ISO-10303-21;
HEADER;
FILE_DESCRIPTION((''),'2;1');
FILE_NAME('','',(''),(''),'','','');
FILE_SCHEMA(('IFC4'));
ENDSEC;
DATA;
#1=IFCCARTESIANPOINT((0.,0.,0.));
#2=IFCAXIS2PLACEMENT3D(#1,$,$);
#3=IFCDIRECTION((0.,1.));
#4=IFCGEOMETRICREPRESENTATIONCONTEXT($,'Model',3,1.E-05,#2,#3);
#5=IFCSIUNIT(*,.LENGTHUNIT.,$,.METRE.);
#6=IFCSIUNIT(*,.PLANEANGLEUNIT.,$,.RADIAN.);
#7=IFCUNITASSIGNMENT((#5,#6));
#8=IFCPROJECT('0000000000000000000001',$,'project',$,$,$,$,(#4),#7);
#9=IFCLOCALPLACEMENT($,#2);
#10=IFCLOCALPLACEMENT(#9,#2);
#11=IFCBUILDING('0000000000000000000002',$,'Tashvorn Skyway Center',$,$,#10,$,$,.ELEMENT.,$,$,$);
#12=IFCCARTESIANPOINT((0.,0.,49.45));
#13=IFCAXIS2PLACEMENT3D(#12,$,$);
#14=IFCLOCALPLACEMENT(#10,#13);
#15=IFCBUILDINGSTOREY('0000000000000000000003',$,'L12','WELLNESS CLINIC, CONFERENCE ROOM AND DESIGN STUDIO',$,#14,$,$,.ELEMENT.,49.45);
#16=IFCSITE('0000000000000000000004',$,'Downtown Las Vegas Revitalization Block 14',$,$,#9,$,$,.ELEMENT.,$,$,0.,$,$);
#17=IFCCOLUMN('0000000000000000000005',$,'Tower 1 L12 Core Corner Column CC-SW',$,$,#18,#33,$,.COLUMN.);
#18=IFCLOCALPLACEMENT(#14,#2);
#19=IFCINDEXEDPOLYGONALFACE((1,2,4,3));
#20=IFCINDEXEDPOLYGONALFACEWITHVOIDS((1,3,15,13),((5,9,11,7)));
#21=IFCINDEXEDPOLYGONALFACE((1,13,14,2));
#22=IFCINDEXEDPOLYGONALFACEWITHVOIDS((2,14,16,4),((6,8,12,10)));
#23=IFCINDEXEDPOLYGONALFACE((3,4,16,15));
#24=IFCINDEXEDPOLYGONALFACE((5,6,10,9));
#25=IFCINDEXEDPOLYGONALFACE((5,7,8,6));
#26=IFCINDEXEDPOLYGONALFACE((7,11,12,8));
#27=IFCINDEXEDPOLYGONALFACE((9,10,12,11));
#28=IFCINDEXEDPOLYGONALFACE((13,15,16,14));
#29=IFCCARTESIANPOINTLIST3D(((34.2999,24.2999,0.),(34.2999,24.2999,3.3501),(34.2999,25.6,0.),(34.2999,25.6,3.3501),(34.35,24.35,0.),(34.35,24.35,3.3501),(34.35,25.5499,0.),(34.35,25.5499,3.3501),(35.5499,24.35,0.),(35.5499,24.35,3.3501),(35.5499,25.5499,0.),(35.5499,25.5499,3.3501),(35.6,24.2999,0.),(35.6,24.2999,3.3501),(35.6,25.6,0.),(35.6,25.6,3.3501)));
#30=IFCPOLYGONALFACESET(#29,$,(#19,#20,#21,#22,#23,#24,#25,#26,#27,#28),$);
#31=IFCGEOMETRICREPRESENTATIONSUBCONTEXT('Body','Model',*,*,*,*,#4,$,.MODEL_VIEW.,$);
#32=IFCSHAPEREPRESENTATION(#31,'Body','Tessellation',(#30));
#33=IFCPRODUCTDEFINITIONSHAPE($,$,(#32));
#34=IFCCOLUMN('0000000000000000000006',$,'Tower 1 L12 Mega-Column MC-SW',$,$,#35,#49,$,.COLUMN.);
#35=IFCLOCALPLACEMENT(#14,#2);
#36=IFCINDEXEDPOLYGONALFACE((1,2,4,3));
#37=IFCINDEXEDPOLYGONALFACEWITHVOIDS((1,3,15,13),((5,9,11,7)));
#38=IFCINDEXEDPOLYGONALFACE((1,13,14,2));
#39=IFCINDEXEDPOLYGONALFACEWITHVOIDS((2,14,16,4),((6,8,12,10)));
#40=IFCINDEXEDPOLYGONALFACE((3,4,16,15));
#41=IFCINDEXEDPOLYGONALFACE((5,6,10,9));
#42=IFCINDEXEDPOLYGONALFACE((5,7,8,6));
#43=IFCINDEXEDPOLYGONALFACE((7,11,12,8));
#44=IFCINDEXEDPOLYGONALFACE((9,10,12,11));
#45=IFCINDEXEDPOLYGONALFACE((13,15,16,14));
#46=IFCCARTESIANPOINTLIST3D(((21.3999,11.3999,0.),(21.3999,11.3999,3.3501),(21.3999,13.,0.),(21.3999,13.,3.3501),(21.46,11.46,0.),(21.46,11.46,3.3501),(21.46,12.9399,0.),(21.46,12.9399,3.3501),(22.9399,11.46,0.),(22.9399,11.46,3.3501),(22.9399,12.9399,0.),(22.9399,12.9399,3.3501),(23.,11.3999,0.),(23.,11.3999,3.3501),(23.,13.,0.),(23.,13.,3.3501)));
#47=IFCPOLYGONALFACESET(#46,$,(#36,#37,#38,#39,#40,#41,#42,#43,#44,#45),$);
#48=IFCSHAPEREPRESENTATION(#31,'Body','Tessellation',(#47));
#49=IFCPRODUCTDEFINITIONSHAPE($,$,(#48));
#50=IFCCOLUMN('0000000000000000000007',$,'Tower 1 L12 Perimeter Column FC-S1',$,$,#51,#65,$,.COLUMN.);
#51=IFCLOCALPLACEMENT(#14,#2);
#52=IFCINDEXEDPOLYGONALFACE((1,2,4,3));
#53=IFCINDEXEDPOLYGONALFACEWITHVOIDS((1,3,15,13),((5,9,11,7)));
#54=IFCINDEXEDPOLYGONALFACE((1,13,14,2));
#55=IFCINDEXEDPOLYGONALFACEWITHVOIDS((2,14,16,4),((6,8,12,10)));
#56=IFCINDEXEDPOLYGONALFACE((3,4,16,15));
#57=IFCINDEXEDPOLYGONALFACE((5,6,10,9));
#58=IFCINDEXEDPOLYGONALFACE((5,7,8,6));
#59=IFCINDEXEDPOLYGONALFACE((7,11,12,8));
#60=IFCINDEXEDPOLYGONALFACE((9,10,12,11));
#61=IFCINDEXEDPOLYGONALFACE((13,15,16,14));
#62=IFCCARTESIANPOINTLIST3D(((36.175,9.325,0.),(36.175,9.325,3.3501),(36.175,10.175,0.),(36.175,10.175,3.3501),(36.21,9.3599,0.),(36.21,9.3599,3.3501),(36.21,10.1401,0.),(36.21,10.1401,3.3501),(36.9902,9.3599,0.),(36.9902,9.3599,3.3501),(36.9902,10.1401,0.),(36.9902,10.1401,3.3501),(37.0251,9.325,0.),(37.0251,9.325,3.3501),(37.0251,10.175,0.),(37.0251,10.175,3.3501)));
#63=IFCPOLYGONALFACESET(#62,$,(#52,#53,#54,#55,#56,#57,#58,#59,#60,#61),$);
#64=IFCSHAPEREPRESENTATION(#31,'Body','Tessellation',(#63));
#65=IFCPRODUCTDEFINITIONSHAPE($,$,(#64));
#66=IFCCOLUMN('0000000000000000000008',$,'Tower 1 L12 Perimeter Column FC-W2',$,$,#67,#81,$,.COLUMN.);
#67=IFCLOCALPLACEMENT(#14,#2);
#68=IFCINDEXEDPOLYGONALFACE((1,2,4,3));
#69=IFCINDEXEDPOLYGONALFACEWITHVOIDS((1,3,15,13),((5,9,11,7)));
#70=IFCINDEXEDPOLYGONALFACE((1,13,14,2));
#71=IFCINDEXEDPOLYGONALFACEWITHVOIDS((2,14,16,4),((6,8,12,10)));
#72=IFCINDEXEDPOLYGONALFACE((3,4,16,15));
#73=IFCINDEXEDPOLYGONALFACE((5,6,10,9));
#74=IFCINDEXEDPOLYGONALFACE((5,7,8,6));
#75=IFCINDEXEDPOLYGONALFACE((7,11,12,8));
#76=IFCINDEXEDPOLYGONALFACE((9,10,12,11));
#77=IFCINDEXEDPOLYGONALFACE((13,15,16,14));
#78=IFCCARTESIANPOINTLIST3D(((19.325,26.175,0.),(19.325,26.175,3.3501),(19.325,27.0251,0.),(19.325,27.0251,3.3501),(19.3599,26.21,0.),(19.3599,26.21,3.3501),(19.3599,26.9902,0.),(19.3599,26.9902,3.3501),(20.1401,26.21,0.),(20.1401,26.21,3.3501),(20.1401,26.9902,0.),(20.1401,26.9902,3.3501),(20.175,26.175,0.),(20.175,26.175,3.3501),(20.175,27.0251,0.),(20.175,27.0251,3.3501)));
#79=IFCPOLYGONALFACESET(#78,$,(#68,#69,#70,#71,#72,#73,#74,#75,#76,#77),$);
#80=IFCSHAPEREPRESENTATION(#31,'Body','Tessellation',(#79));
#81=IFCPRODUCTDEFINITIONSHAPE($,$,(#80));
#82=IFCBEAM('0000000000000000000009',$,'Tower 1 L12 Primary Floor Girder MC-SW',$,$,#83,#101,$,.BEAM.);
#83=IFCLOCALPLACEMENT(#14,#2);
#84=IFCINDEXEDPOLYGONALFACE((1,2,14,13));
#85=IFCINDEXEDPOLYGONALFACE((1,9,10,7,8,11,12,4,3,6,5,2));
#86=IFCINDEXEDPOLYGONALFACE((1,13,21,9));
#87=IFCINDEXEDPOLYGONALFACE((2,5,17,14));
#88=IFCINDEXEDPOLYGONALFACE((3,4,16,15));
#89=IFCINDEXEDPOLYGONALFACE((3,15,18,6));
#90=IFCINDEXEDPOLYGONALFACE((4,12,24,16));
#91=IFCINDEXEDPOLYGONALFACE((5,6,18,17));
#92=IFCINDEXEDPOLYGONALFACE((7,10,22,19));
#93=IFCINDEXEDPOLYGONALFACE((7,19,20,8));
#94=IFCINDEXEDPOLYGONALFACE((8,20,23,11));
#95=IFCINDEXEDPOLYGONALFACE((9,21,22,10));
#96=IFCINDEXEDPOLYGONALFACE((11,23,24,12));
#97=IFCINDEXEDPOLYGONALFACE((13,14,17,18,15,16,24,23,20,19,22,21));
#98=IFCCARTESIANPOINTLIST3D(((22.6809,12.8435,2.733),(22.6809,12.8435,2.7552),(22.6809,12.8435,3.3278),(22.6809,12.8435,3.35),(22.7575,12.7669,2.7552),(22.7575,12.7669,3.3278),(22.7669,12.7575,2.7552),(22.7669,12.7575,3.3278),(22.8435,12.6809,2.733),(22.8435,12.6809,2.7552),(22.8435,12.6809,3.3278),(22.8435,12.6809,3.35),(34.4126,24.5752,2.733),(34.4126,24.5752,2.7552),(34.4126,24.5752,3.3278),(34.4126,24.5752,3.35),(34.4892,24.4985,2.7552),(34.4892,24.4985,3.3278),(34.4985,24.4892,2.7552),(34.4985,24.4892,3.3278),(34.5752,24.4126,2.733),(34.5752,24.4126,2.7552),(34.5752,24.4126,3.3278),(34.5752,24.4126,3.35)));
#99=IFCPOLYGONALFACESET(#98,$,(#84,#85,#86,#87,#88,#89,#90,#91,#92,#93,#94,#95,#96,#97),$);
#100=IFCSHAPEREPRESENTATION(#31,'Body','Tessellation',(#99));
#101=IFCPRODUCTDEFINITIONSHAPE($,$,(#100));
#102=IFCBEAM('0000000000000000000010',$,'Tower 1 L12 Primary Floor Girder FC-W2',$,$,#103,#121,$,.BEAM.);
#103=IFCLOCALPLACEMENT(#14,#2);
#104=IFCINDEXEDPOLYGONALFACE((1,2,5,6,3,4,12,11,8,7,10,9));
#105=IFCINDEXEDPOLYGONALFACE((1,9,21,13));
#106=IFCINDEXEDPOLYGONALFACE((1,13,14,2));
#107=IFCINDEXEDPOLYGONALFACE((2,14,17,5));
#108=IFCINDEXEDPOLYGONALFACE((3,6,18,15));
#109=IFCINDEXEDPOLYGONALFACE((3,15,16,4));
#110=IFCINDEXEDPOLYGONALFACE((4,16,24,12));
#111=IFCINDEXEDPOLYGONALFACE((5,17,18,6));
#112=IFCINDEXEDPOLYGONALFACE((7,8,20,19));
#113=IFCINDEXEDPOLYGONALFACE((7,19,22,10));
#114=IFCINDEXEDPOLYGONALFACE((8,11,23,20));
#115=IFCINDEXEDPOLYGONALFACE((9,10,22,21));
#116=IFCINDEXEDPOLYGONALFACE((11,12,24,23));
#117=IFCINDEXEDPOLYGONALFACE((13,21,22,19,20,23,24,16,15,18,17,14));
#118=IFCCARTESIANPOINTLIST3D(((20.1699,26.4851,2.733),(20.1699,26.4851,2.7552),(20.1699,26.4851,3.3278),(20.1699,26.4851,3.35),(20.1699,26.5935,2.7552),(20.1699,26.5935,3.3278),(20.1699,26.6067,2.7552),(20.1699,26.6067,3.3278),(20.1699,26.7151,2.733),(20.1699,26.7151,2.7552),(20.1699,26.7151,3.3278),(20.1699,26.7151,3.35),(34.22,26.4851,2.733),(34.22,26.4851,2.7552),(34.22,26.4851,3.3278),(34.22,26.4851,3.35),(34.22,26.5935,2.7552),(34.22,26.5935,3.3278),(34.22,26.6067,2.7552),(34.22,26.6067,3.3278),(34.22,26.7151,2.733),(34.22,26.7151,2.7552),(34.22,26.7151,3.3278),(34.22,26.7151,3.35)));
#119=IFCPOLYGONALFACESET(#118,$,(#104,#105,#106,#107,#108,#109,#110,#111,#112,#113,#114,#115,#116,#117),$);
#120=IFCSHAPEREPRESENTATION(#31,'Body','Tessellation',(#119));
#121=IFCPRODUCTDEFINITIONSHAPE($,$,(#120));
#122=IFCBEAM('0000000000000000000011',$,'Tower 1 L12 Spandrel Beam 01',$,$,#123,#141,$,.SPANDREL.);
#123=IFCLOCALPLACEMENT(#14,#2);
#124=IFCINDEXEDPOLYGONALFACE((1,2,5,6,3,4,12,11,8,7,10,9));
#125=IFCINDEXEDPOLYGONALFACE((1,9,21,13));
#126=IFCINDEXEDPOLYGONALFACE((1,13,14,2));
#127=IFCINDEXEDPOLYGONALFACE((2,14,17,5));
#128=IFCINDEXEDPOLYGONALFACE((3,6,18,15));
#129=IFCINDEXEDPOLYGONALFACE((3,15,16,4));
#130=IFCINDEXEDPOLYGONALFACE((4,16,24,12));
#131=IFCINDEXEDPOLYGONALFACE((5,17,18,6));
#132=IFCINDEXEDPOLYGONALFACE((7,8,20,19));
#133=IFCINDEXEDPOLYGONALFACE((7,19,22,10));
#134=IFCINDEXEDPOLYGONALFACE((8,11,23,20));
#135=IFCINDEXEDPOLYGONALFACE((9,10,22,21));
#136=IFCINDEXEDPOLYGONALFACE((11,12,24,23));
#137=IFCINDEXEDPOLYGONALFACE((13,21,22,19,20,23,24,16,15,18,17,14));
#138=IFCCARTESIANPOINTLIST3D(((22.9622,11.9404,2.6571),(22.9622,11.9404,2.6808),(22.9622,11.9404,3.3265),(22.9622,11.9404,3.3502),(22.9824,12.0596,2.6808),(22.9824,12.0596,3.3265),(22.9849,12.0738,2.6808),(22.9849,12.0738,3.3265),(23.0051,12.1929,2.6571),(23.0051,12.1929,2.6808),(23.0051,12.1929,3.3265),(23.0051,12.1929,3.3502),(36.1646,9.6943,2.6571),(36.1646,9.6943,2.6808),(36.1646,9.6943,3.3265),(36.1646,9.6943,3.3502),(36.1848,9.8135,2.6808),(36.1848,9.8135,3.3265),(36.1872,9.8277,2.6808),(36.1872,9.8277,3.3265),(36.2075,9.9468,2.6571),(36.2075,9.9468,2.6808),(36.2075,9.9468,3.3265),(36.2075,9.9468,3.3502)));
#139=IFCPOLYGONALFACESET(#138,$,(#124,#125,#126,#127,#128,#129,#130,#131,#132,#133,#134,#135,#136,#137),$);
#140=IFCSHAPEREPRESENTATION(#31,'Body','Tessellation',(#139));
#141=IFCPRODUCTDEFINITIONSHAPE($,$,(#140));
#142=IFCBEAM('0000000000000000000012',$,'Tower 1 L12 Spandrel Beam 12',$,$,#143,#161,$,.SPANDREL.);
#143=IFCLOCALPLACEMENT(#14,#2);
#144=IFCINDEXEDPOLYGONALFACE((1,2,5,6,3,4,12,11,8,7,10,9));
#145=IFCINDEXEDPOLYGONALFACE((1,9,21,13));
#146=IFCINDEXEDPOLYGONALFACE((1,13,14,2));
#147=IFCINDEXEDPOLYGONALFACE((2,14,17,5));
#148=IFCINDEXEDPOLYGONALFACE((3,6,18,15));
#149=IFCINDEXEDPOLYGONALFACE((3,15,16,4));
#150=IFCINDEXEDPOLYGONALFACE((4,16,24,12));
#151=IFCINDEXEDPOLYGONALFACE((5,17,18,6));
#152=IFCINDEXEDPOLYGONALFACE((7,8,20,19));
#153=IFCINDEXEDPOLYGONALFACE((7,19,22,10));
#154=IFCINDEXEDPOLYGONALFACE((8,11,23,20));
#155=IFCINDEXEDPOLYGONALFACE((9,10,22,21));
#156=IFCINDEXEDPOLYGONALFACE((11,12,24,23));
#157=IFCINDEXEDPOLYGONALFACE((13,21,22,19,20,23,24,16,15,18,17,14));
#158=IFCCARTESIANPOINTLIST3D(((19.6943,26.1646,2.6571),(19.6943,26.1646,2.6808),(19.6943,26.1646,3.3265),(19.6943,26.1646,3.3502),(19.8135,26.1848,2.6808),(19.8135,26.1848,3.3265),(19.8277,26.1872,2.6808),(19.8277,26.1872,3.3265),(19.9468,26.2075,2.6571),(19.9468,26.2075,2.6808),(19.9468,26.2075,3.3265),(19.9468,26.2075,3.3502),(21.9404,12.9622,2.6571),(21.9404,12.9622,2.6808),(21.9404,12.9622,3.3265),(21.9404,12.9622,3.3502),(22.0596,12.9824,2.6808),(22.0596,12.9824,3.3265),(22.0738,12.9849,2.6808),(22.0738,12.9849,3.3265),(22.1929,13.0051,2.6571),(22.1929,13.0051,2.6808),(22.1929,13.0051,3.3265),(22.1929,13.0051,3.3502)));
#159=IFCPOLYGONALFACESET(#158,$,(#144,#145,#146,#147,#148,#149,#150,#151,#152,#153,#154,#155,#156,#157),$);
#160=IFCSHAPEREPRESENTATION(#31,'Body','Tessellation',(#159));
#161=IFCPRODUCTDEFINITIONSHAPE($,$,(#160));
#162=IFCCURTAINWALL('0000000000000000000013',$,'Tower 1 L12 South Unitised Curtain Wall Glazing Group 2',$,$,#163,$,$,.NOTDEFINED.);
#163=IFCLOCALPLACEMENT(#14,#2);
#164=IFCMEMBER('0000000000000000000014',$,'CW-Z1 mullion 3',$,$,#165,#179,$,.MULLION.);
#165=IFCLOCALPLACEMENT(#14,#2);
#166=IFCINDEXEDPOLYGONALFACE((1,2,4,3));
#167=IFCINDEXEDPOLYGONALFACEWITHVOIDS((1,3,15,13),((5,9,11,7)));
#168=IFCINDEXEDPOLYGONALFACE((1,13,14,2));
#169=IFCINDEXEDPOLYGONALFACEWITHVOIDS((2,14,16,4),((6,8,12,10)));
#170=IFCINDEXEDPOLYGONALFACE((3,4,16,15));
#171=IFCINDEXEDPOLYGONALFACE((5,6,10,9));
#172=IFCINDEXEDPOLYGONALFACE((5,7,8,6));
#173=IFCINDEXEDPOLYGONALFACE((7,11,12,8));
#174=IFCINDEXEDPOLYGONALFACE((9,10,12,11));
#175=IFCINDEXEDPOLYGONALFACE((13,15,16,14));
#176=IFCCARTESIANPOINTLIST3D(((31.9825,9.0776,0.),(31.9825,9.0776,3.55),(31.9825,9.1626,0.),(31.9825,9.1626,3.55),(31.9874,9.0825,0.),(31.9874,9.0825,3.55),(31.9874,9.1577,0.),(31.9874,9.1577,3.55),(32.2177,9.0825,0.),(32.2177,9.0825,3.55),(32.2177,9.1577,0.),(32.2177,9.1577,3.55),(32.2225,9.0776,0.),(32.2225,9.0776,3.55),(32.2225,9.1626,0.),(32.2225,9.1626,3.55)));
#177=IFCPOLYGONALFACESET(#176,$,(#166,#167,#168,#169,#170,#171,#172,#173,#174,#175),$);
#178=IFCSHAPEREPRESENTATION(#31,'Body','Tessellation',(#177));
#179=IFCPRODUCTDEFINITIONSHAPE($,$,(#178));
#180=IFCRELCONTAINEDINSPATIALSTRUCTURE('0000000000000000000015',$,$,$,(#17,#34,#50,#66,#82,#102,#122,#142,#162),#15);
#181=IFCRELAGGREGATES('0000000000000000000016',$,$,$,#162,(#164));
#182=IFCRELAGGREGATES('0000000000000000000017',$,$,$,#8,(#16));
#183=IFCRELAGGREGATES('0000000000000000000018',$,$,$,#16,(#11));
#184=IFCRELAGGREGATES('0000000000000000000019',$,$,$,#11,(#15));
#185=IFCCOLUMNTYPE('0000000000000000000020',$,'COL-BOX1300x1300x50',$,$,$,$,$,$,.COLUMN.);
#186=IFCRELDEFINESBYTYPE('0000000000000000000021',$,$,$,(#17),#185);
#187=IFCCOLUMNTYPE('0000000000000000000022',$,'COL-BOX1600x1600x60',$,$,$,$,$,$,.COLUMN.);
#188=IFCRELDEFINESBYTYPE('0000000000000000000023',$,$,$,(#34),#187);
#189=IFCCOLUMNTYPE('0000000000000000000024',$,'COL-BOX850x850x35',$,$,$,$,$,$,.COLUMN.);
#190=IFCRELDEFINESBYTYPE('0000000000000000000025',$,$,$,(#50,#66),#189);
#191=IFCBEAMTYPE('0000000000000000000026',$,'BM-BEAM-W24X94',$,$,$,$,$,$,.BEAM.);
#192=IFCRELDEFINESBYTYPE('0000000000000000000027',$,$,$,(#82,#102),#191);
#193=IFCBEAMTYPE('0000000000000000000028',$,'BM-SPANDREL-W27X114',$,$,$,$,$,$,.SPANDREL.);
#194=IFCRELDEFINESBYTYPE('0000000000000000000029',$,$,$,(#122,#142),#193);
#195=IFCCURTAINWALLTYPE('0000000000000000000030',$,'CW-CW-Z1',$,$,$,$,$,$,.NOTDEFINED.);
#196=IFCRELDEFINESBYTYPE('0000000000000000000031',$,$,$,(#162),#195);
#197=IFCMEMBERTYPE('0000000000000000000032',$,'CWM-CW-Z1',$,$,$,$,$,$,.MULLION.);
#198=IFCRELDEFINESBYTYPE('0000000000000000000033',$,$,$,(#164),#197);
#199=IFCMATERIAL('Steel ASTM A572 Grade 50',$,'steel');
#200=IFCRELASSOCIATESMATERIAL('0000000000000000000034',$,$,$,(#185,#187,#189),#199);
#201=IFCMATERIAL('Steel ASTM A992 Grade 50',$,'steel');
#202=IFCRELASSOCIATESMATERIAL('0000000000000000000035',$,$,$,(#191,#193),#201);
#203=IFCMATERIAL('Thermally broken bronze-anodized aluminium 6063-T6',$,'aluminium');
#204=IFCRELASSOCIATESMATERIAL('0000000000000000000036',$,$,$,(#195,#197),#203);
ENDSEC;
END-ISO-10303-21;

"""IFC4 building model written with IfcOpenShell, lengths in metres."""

from ifc_helpers import new_model, si_unit, direction, frame, origin, origin_2d, place, context, subcontext, project, spatial, hollow_rectangle, i_section, extrude, material, material_profile, profile_set, type_object, element, aggregate, save


model = new_model("IFC4")

# Units and contexts
model_context = context("Model", 3, precision=1e-05, world=origin(), true_north=direction((0.0, 1.0)))
body_context = subcontext(model_context, "Body", "Model", "MODEL_VIEW")
ifc_project = project(units=[si_unit("LENGTHUNIT", "METRE"), si_unit("PLANEANGLEUNIT", "RADIAN")], contexts=[model_context])

# Site, building, storey
site_placement = place(None, origin())
site = spatial("IfcSite", under=ifc_project, at=site_placement, Name="Downtown Las Vegas Revitalization Block 14", CompositionType="ELEMENT", RefElevation=0.0)
building_placement = place(site_placement, origin())
building = spatial("IfcBuilding", under=site, at=building_placement, Name="Tashvorn Skyway Center", CompositionType="ELEMENT")
storey_placement = place(building_placement, frame((0.0, 0.0, 49.45)))
storey = spatial("IfcBuildingStorey", under=building, at=storey_placement, Name="L12", Description="WELLNESS CLINIC, CONFERENCE ROOM AND DESIGN STUDIO", CompositionType="ELEMENT", Elevation=49.45)

# Columns
ifc_material_1 = material(Name="Steel ASTM A572 Grade 50", Category="steel")
ifc_material_profile_1 = material_profile(ifc_material_1, hollow_rectangle(XDim=1.3, YDim=1.3, WallThickness=0.05, at=origin_2d()), Name="BOX1300x1300x50")
ifc_profile_set_1 = profile_set([ifc_material_profile_1], Name="Steel ASTM A572 Grade 50")
column_type_1 = type_object("IfcColumnType", Name="COL-BOX1300x1300x50", PredefinedType="COLUMN", material=ifc_profile_set_1)
column_1_placement = place(storey_placement, frame((34.95, 24.95, 0.0), z_axis=(0.0, 0.0, 1.0), x_axis=(1.0, 0.0, 0.0)))
element("IfcColumn", 1, at=column_1_placement, inside=storey, type_object=column_type_1, Name="Tower 1 L12 Core Corner Column CC-SW", PredefinedType="COLUMN", context=body_context, shape_type="SweptSolid", body=[
    extrude(hollow_rectangle(XDim=1.3, YDim=1.3, WallThickness=0.05, at=origin_2d()), origin(), (0.0, 0.0, 1.0), 3.3501),
])
ifc_material_profile_2 = material_profile(ifc_material_1, hollow_rectangle(XDim=1.6001, YDim=1.6001, WallThickness=0.0601, at=origin_2d()), Name="BOX1600x1600x60")
ifc_profile_set_2 = profile_set([ifc_material_profile_2], Name="Steel ASTM A572 Grade 50")
column_type_2 = type_object("IfcColumnType", Name="COL-BOX1600x1600x60", PredefinedType="COLUMN", material=ifc_profile_set_2)
column_2_placement = place(storey_placement, frame((22.2, 12.2, 0.0), z_axis=(0.0, 0.0, 1.0), x_axis=(1.0, 0.0, 0.0)))
element("IfcColumn", 2, at=column_2_placement, inside=storey, type_object=column_type_2, Name="Tower 1 L12 Mega-Column MC-SW", PredefinedType="COLUMN", context=body_context, shape_type="SweptSolid", body=[
    extrude(hollow_rectangle(XDim=1.6001, YDim=1.6001, WallThickness=0.0601, at=origin_2d()), origin(), (0.0, 0.0, 1.0), 3.3501),
])
ifc_material_profile_3 = material_profile(ifc_material_1, hollow_rectangle(XDim=0.8501, YDim=0.8501, WallThickness=0.0349, at=origin_2d()), Name="BOX850x850x35")
ifc_profile_set_3 = profile_set([ifc_material_profile_3], Name="Steel ASTM A572 Grade 50")
column_type_3 = type_object("IfcColumnType", Name="COL-BOX850x850x35", PredefinedType="COLUMN", material=ifc_profile_set_3)
for number, where, z_axis, x_axis, name in (
    (3, (36.6001, 9.75, 0.0), (0.0, 0.0, 1.0), (1.0, 0.0, 0.0), "Tower 1 L12 Perimeter Column FC-S1"),
    (4, (19.75, 26.6001, 0.0), (0.0, 0.0, 1.0), (1.0, 0.0, 0.0), "Tower 1 L12 Perimeter Column FC-W2"),
):
    element("IfcColumn", number, at=place(storey_placement, frame(where, z_axis=z_axis, x_axis=x_axis)), inside=storey, type_object=column_type_3, Name=name, PredefinedType="COLUMN", context=body_context, shape_type="SweptSolid", body=[
        extrude(hollow_rectangle(XDim=0.8501, YDim=0.8501, WallThickness=0.0349, at=origin_2d()), origin(), (0.0, 0.0, 1.0), 3.3501),
    ])

# Beams
ifc_material_2 = material(Name="Steel ASTM A992 Grade 50", Category="steel")
ifc_material_profile_4 = material_profile(ifc_material_2, i_section(OverallWidth=0.23, OverallDepth=0.6169, WebThickness=0.0132, FlangeThickness=0.0222, at=origin_2d()), Name="W24X94")
ifc_profile_set_4 = profile_set([ifc_material_profile_4], Name="Steel ASTM A992 Grade 50")
beam_type_1 = type_object("IfcBeamType", Name="BM-BEAM-W24X94", PredefinedType="BEAM", material=ifc_profile_set_4)
beam_1_placement = place(storey_placement, frame((22.7622, 12.7622, 3.0415), z_axis=(0.707107, 0.707107, 0.0), x_axis=(-0.707107, 0.707107, 0.0)))
element("IfcBeam", 5, at=beam_1_placement, inside=storey, type_object=beam_type_1, Name="Tower 1 L12 Primary Floor Girder MC-SW", PredefinedType="BEAM", context=body_context, shape_type="SweptSolid", body=[
    extrude(i_section(OverallWidth=0.23, OverallDepth=0.6169, WebThickness=0.0132, FlangeThickness=0.0222, at=origin_2d()), origin(), (0.0, 0.0, 1.0), 16.5911),
])
beam_2_placement = place(storey_placement, frame((20.1699, 26.6001, 3.0415), z_axis=(1.0, 0.0, 0.0), x_axis=(0.0, 1.0, 0.0)))
element("IfcBeam", 6, at=beam_2_placement, inside=storey, type_object=beam_type_1, Name="Tower 1 L12 Primary Floor Girder FC-W2", PredefinedType="BEAM", context=body_context, shape_type="SweptSolid", body=[
    extrude(i_section(OverallWidth=0.23, OverallDepth=0.6169, WebThickness=0.0132, FlangeThickness=0.0222, at=origin_2d()), origin(), (0.0, 0.0, 1.0), 14.05),
])
ifc_material_profile_5 = material_profile(ifc_material_2, i_section(OverallWidth=0.2561, OverallDepth=0.6931, WebThickness=0.0144, FlangeThickness=0.0237, at=origin_2d()), Name="W27X114")
ifc_profile_set_5 = profile_set([ifc_material_profile_5], Name="Steel ASTM A992 Grade 50")
beam_type_2 = type_object("IfcBeamType", Name="BM-SPANDREL-W27X114", PredefinedType="SPANDREL", material=ifc_profile_set_5)
for number, where, z_axis, x_axis, name in (
    (7, (22.9836, 12.0667, 3.0037), (0.985835, -0.167718, 0.0), (0.167718, 0.985835, 0.0), "Tower 1 L12 Spandrel Beam 01"),
    (8, (19.8206, 26.186, 3.0037), (0.167718, -0.985835, 0.0), (0.985835, 0.167718, 0.0), "Tower 1 L12 Spandrel Beam 12"),
):
    element("IfcBeam", number, at=place(storey_placement, frame(where, z_axis=z_axis, x_axis=x_axis)), inside=storey, type_object=beam_type_2, Name=name, PredefinedType="SPANDREL", context=body_context, shape_type="SweptSolid", body=[
        extrude(i_section(OverallWidth=0.2561, OverallDepth=0.6931, WebThickness=0.0144, FlangeThickness=0.0237, at=origin_2d()), origin(), (0.0, 0.0, 1.0), 13.3921),
    ])

# Curtain wall, member
ifc_material_3 = material(Name="Thermally broken bronze-anodized aluminium 6063-T6", Category="aluminium")
curtain_wall_type = type_object("IfcCurtainWallType", Name="CW-CW-Z1", PredefinedType="NOTDEFINED", material=ifc_material_3)
curtain_wall_1_placement = place(storey_placement, origin())
curtain_wall_1 = element("IfcCurtainWall", 9, at=curtain_wall_1_placement, inside=storey, type_object=curtain_wall_type, Name="Tower 1 L12 South Unitised Curtain Wall Glazing Group 2", PredefinedType="NOTDEFINED")
ifc_material_profile_6 = material_profile(ifc_material_3, hollow_rectangle(XDim=0.085, YDim=0.24, WallThickness=0.0049, at=origin_2d()), Name="ALU-MULL-85x240")
ifc_profile_set_6 = profile_set([ifc_material_profile_6], Name="Thermally broken bronze-anodized aluminium 6063-T6")
member_type_1 = type_object("IfcMemberType", Name="CWM-CW-Z1", PredefinedType="MULLION", material=ifc_profile_set_6)
member_1_placement = place(storey_placement, frame((32.1025, 9.1201, 0.0), z_axis=(0.0, 0.0, 1.0), x_axis=(0.0, -1.0, 0.0)))
member_1 = element("IfcMember", 10, at=member_1_placement, type_object=member_type_1, Name="CW-Z1 mullion 3", PredefinedType="MULLION", context=body_context, shape_type="SweptSolid", body=[
    extrude(hollow_rectangle(XDim=0.085, YDim=0.24, WallThickness=0.0049, at=origin_2d()), origin(), (0.0, 0.0, 1.0), 3.55),
])
aggregate(curtain_wall_1, [member_1])

save(model, "model.ifc")
